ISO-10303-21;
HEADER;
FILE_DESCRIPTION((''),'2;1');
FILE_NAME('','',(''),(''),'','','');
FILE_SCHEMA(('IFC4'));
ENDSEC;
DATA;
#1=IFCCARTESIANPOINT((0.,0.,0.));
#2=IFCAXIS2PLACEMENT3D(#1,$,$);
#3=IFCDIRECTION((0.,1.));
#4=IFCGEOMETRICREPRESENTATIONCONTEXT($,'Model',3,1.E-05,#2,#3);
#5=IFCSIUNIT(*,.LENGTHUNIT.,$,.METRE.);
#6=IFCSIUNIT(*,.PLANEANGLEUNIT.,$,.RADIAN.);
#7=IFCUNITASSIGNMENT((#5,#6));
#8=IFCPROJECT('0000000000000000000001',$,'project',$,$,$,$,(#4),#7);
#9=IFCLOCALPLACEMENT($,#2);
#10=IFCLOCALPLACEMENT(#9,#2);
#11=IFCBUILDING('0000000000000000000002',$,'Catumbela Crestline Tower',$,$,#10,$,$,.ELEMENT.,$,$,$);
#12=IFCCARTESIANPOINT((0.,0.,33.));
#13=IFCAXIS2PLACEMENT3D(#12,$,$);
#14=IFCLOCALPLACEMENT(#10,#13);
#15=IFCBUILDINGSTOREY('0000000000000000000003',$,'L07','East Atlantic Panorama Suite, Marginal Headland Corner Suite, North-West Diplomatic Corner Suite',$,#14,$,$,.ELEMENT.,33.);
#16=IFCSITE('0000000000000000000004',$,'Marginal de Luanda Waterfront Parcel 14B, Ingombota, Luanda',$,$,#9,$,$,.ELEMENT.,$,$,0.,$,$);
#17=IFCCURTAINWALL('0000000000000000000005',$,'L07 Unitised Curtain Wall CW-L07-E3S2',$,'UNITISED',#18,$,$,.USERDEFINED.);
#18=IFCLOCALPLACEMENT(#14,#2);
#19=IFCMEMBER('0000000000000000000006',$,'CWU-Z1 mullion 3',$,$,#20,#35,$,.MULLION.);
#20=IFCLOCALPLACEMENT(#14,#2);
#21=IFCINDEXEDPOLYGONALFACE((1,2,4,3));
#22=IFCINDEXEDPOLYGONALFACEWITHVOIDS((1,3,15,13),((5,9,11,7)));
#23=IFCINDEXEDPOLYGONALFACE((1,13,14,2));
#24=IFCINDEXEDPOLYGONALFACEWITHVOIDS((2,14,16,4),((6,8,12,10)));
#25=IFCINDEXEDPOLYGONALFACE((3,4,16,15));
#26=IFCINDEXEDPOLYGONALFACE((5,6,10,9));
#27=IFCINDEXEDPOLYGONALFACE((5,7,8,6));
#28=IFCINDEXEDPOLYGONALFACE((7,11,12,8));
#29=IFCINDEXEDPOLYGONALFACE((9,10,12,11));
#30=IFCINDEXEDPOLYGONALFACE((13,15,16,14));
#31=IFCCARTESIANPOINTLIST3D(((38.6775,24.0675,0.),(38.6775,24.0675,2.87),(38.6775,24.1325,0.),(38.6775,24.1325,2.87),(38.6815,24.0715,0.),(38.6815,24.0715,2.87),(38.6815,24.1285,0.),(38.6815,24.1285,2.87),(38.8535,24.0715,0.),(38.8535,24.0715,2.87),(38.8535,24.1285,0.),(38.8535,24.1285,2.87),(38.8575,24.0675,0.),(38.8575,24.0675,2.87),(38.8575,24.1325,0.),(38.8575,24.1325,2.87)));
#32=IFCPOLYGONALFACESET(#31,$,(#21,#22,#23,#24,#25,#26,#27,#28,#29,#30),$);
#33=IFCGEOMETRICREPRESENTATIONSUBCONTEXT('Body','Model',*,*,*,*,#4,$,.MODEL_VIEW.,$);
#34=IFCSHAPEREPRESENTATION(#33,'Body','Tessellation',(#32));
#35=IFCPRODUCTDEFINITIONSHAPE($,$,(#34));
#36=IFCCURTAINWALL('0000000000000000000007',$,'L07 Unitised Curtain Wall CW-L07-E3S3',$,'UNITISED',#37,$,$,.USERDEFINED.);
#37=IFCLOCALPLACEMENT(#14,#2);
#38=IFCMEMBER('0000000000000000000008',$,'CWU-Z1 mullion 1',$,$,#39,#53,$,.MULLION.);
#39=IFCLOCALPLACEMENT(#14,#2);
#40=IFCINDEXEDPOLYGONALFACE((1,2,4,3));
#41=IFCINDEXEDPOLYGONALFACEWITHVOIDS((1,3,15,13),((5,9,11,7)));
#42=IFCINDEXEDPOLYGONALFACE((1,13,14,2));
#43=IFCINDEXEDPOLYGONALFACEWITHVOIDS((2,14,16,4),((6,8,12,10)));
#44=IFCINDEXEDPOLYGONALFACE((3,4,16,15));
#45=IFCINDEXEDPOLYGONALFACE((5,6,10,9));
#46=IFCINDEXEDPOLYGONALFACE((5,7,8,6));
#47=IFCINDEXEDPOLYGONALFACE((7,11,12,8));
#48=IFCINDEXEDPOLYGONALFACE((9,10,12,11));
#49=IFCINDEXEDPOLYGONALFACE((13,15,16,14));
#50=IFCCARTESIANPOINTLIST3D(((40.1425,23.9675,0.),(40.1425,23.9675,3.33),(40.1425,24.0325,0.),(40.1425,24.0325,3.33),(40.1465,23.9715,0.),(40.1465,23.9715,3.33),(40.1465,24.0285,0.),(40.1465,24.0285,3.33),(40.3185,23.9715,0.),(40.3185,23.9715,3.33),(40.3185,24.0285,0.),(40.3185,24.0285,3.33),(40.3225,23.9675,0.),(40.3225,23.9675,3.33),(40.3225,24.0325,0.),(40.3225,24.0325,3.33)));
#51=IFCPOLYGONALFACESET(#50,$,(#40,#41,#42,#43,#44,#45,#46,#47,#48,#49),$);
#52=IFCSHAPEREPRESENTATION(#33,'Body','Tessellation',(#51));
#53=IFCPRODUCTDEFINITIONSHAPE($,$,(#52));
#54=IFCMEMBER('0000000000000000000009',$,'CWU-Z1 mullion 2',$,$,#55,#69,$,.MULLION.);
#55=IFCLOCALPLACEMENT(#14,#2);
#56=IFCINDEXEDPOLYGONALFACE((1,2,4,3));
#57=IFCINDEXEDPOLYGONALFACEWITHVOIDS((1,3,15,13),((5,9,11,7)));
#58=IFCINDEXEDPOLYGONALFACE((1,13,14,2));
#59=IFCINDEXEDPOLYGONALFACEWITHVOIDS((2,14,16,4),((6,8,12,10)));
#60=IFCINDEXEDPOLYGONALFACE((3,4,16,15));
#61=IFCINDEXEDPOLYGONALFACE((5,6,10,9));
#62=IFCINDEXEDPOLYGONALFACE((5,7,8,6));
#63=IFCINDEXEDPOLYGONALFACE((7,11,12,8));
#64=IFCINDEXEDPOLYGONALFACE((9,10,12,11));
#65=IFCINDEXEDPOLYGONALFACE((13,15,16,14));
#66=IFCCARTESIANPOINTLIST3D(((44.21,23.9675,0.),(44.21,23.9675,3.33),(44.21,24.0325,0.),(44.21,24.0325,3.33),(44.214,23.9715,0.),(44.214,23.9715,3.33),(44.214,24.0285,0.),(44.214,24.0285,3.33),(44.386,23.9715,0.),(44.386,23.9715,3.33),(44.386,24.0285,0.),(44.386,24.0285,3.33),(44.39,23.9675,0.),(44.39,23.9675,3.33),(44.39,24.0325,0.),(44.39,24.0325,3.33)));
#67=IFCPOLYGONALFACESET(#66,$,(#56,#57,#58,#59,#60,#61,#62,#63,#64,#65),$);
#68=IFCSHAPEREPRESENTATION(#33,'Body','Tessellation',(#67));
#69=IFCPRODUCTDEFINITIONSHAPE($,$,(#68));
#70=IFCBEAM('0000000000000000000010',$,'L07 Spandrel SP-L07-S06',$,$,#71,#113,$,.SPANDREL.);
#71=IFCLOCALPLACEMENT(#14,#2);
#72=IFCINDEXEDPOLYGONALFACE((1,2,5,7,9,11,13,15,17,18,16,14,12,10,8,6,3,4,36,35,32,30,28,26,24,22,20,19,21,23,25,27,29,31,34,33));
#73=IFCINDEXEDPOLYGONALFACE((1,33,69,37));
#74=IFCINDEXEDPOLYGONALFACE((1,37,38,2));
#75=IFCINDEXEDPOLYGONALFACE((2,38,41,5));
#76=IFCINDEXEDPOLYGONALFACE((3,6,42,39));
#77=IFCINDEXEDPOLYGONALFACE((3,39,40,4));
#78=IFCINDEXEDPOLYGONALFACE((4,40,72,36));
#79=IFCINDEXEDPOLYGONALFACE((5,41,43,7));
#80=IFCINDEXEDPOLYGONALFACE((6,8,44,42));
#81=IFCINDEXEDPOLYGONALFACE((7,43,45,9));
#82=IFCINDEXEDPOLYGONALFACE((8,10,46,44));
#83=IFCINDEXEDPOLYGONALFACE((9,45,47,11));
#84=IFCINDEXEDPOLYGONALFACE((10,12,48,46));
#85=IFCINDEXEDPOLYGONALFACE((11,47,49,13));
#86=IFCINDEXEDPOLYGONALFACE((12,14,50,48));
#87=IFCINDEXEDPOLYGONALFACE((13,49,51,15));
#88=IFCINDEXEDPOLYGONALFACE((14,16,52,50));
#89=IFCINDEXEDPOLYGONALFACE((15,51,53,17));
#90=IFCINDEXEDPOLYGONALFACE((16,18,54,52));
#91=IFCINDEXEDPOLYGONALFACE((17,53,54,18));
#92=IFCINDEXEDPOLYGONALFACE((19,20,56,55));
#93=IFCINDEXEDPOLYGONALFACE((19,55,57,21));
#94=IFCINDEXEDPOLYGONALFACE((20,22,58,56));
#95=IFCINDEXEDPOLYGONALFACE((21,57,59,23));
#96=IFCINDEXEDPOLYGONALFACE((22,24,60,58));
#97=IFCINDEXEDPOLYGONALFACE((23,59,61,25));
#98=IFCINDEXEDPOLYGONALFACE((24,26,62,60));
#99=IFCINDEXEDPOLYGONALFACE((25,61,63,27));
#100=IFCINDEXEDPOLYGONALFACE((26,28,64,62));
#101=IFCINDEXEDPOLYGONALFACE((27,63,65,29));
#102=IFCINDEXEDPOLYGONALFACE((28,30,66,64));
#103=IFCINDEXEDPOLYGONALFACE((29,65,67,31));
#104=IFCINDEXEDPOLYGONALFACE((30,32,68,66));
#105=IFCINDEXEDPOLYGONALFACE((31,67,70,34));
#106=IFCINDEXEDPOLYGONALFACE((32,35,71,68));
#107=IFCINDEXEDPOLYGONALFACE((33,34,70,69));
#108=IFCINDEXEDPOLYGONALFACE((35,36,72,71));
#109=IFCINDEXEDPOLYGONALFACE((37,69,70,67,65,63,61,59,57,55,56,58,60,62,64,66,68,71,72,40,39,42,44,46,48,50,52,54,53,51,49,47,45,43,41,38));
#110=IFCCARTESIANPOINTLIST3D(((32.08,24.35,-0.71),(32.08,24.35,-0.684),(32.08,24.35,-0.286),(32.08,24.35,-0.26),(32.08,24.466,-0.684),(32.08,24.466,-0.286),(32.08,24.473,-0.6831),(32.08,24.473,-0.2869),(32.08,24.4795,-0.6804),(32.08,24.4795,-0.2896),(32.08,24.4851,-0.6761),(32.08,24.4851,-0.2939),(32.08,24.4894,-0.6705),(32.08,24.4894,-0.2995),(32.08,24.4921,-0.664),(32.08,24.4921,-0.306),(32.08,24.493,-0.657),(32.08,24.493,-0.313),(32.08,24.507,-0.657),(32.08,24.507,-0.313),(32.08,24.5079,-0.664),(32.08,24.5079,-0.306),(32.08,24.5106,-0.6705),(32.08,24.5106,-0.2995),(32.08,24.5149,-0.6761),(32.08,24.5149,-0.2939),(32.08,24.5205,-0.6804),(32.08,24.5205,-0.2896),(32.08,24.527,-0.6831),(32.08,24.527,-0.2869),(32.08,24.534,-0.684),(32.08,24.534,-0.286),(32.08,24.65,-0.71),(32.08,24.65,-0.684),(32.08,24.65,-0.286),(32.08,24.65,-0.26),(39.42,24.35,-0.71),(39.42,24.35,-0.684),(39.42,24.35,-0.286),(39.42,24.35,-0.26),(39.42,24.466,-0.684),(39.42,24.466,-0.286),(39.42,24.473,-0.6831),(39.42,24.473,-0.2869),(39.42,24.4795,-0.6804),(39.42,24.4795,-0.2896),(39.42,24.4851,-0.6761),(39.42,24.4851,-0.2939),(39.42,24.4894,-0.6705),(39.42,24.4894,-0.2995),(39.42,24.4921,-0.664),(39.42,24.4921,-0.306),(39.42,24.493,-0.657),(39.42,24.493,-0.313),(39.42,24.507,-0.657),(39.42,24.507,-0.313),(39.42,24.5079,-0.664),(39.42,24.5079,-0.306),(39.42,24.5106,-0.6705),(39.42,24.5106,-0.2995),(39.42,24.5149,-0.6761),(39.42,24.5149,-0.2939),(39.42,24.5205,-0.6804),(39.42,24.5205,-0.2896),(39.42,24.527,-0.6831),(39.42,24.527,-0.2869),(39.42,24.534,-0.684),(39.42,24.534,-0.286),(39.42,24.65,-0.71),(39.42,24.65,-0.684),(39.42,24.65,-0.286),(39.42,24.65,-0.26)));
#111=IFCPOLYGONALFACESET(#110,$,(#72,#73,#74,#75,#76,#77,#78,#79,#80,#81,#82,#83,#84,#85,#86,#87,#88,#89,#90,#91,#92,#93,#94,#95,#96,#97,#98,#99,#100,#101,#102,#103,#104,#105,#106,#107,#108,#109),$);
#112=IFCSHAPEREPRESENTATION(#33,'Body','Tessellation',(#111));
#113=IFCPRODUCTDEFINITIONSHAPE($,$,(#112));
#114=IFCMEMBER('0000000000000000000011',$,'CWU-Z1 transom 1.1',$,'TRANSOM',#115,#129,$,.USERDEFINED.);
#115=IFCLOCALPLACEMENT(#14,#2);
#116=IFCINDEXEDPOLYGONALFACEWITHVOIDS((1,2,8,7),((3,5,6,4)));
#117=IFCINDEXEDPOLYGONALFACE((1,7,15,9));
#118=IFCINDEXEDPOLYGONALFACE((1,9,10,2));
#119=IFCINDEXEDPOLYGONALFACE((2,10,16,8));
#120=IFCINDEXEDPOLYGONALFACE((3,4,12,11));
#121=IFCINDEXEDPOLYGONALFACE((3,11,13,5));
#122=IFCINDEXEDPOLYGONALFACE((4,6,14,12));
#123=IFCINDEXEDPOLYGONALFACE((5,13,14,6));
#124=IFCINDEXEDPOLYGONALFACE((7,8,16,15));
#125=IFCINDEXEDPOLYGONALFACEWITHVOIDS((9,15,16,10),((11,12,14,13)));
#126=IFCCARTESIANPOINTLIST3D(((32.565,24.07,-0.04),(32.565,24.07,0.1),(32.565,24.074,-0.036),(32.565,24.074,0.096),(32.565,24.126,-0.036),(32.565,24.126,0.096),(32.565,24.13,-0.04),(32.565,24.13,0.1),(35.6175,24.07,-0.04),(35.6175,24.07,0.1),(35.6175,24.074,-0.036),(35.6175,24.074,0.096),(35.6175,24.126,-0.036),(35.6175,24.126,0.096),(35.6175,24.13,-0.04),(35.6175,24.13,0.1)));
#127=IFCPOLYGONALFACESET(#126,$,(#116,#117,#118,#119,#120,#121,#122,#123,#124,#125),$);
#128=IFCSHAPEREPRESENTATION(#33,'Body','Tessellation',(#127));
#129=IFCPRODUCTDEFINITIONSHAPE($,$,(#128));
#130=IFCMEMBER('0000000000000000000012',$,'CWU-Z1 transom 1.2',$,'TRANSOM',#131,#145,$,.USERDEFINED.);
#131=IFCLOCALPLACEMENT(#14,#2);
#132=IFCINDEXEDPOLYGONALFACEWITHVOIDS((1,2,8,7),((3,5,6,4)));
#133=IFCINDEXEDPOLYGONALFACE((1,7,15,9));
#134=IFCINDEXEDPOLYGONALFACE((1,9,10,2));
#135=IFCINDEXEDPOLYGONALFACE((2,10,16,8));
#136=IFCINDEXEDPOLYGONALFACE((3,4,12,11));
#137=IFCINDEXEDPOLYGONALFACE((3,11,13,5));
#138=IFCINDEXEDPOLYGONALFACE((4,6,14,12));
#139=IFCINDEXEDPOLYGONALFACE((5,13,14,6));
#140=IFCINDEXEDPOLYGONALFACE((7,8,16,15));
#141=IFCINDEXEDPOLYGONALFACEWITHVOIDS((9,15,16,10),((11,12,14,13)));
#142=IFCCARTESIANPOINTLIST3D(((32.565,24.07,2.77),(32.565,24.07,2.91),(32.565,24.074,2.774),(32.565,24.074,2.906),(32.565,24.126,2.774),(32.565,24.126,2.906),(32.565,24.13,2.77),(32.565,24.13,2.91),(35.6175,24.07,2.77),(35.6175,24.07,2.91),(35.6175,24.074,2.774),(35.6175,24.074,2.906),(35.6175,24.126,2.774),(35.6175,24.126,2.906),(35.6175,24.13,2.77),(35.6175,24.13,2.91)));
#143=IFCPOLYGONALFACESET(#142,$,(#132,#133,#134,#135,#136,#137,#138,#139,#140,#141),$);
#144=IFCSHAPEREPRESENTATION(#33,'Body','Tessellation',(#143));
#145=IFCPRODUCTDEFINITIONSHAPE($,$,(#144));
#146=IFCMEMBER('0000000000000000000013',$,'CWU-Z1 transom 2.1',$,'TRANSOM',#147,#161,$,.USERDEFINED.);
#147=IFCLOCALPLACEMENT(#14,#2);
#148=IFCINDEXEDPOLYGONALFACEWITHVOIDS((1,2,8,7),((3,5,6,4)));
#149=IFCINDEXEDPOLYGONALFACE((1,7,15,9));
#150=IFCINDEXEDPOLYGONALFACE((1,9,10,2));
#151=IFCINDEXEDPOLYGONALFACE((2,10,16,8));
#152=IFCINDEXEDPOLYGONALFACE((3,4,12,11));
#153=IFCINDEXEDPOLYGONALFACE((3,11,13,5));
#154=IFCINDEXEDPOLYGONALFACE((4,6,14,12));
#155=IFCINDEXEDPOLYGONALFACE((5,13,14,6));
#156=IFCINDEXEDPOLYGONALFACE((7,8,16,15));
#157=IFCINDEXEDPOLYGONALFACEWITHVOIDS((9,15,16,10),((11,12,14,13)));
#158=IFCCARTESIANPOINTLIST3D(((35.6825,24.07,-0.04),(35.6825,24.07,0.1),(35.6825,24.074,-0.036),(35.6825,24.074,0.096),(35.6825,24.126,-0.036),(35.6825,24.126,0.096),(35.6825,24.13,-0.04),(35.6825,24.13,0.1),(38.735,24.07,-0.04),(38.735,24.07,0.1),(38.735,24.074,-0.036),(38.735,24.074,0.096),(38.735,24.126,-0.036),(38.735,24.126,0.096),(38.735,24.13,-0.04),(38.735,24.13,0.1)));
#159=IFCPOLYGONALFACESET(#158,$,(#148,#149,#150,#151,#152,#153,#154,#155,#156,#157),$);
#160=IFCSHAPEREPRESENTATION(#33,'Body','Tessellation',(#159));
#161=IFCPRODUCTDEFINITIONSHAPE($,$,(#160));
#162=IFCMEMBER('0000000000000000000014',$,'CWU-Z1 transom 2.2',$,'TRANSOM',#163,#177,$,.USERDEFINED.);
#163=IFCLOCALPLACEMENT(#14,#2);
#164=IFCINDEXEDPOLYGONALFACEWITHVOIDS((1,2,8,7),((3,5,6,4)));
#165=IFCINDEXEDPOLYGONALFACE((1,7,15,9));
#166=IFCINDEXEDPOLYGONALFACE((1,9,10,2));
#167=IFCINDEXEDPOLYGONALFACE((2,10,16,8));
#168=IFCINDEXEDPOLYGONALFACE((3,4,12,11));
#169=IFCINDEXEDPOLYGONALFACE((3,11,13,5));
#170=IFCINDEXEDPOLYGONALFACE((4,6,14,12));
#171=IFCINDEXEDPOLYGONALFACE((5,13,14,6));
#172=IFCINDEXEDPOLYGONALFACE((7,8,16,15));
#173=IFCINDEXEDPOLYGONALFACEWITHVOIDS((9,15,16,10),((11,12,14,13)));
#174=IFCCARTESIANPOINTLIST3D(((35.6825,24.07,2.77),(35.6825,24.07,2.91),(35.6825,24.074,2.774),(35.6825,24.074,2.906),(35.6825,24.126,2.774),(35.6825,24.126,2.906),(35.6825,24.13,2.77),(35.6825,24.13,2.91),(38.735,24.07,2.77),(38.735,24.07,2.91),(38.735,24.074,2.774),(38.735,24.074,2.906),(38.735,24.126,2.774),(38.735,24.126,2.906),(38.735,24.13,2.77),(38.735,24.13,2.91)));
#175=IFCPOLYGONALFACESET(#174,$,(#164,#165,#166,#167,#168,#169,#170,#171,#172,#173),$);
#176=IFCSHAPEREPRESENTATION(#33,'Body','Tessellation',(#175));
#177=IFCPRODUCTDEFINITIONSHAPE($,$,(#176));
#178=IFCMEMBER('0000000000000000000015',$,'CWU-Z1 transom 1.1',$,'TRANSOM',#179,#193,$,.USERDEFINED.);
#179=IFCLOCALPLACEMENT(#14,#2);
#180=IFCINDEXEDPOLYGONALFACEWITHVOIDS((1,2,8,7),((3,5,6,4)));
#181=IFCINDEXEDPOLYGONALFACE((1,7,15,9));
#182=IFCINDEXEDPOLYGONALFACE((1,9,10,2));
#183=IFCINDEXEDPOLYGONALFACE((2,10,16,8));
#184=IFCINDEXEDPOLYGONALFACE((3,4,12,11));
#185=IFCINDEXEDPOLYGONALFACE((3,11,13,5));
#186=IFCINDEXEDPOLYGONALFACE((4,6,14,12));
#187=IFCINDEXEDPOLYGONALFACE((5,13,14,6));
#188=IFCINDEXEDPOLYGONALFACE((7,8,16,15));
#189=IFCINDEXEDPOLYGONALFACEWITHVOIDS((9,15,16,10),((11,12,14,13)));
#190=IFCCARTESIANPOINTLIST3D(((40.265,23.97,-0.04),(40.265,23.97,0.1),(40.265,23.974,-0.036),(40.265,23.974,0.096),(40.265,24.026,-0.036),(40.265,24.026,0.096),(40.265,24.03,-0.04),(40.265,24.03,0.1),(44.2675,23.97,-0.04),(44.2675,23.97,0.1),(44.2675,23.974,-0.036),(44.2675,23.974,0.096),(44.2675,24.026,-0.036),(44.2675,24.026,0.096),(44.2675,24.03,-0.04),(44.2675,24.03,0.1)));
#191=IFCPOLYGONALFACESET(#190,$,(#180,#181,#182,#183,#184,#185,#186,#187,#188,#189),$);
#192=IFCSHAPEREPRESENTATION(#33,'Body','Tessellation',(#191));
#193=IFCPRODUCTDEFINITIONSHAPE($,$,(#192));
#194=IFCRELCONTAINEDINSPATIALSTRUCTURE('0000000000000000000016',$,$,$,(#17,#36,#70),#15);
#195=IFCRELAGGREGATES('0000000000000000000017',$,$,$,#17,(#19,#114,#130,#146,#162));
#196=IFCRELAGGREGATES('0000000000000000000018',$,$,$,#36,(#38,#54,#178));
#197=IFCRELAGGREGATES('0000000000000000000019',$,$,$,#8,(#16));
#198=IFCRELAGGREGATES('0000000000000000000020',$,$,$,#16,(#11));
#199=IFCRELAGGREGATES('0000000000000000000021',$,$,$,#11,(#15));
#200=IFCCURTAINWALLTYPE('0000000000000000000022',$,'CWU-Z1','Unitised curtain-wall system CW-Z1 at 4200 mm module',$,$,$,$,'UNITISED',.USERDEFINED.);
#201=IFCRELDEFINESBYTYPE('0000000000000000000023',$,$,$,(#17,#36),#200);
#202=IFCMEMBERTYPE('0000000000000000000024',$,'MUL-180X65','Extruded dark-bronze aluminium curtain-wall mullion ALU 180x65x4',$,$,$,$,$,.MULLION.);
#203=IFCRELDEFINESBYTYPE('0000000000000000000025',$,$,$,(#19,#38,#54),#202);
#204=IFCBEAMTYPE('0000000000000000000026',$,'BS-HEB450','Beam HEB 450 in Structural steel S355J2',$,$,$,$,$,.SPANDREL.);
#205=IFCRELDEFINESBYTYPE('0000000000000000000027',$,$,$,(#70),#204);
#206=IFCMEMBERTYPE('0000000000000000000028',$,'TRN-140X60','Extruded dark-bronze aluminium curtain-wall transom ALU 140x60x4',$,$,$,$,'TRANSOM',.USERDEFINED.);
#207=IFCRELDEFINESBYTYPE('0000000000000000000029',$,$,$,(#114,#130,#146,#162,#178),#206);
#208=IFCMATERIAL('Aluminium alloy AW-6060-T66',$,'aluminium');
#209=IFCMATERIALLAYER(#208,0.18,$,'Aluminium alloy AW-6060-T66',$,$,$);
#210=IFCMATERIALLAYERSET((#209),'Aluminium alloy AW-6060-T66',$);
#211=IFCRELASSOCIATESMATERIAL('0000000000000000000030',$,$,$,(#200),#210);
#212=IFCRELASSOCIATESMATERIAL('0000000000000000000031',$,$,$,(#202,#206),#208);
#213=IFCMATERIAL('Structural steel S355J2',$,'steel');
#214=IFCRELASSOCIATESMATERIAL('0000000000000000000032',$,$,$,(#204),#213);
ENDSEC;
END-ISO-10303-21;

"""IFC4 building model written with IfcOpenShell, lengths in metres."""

from ifc_helpers import new_model, si_unit, direction, frame, origin, origin_2d, place, context, subcontext, project, spatial, hollow_rectangle, i_section, extrude, material, layer, layer_set, material_profile, profile_set, type_object, element, aggregate, save


model = new_model("IFC4")

# Units and contexts
model_context = context("Model", 3, precision=1e-05, world=origin(), true_north=direction((0.0, 1.0)))
body_context = subcontext(model_context, "Body", "Model", "MODEL_VIEW")
ifc_project = project(units=[si_unit("LENGTHUNIT", "METRE"), si_unit("PLANEANGLEUNIT", "RADIAN")], contexts=[model_context])

# Site, building, storey
site_placement = place(None, origin())
site = spatial("IfcSite", under=ifc_project, at=site_placement, Name="Marginal de Luanda Waterfront Parcel 14B, Ingombota, Luanda", CompositionType="ELEMENT", RefElevation=0.0)
building_placement = place(site_placement, origin())
building = spatial("IfcBuilding", under=site, at=building_placement, Name="Catumbela Crestline Tower", CompositionType="ELEMENT")
storey_placement = place(building_placement, frame((0.0, 0.0, 33.0)))
storey = spatial("IfcBuildingStorey", under=building, at=storey_placement, Name="L07", Description="East Atlantic Panorama Suite, Marginal Headland Corner Suite, North-West Diplomatic Corner Suite", CompositionType="ELEMENT", Elevation=33.0)

# Shared definitions
ifc_material_1 = material(Name="Structural steel S355J2", Category="steel")

# Curtain walls, members
ifc_material_2 = material(Name="Aluminium alloy AW-6060-T66", Category="aluminium")
ifc_layer_1 = layer(ifc_material_2, 0.18, Name="Aluminium alloy AW-6060-T66")
ifc_layer_set_1 = layer_set([ifc_layer_1], Name="Aluminium alloy AW-6060-T66")
curtain_wall_type = type_object("IfcCurtainWallType", Name="CWU-Z1", Description="Unitised curtain-wall system CW-Z1 at 4200 mm module", ElementType="UNITISED", PredefinedType="USERDEFINED", material=ifc_layer_set_1)
curtain_wall_1_placement = place(storey_placement, origin())
curtain_wall_1 = element("IfcCurtainWall", 1, at=curtain_wall_1_placement, inside=storey, type_object=curtain_wall_type, Name="L07 Unitised Curtain Wall CW-L07-E3S2", ObjectType="UNITISED", PredefinedType="USERDEFINED")
ifc_material_profile_1 = material_profile(ifc_material_2, hollow_rectangle(XDim=0.065, YDim=0.18, WallThickness=0.004, at=origin_2d()), Name="ALU 180x65x4")
ifc_profile_set_1 = profile_set([ifc_material_profile_1], Name="Aluminium alloy AW-6060-T66")
member_type_1 = type_object("IfcMemberType", Name="MUL-180X65", Description="Extruded dark-bronze aluminium curtain-wall mullion ALU 180x65x4", PredefinedType="MULLION", material=ifc_profile_set_1)
member_1_placement = place(storey_placement, frame((38.7675, 24.1, 0.0), z_axis=(0.0, 0.0, 1.0), x_axis=(0.0, 1.0, 0.0)))
member_1 = element("IfcMember", 2, at=member_1_placement, type_object=member_type_1, Name="CWU-Z1 mullion 3", PredefinedType="MULLION", context=body_context, shape_type="SweptSolid", body=[
    extrude(hollow_rectangle(XDim=0.065, YDim=0.18, WallThickness=0.004, at=origin_2d()), origin(), (0.0, 0.0, 1.0), 2.87),
])
curtain_wall_2_placement = place(storey_placement, origin())
curtain_wall_2 = element("IfcCurtainWall", 3, at=curtain_wall_2_placement, inside=storey, type_object=curtain_wall_type, Name="L07 Unitised Curtain Wall CW-L07-E3S3", ObjectType="UNITISED", PredefinedType="USERDEFINED")
member_2_placement = place(storey_placement, frame((40.2325, 24.0, 0.0), z_axis=(0.0, 0.0, 1.0), x_axis=(0.0, 1.0, 0.0)))
member_2 = element("IfcMember", 4, at=member_2_placement, type_object=member_type_1, Name="CWU-Z1 mullion 1", PredefinedType="MULLION", context=body_context, shape_type="SweptSolid", body=[
    extrude(hollow_rectangle(XDim=0.065, YDim=0.18, WallThickness=0.004, at=origin_2d()), origin(), (0.0, 0.0, 1.0), 3.33),
])
member_3_placement = place(storey_placement, frame((44.3, 24.0, 0.0), z_axis=(0.0, 0.0, 1.0), x_axis=(0.0, 1.0, 0.0)))
member_3 = element("IfcMember", 5, at=member_3_placement, type_object=member_type_1, Name="CWU-Z1 mullion 2", PredefinedType="MULLION", context=body_context, shape_type="SweptSolid", body=[
    extrude(hollow_rectangle(XDim=0.065, YDim=0.18, WallThickness=0.004, at=origin_2d()), origin(), (0.0, 0.0, 1.0), 3.33),
])

# Beam
ifc_material_profile_2 = material_profile(ifc_material_1, i_section(OverallWidth=0.3, OverallDepth=0.45, WebThickness=0.014, FlangeThickness=0.026, FilletRadius=0.027, at=origin_2d()), Name="HEB 450")
ifc_profile_set_2 = profile_set([ifc_material_profile_2], Name="Structural steel S355J2")
beam_type_1 = type_object("IfcBeamType", Name="BS-HEB450", Description="Beam HEB 450 in Structural steel S355J2", PredefinedType="SPANDREL", material=ifc_profile_set_2)
beam_1_placement = place(storey_placement, frame((32.08, 24.5, -0.485), z_axis=(1.0, 0.0, 0.0), x_axis=(0.0, 1.0, 0.0)))
element("IfcBeam", 6, at=beam_1_placement, inside=storey, type_object=beam_type_1, Name="L07 Spandrel SP-L07-S06", PredefinedType="SPANDREL", context=body_context, shape_type="SweptSolid", body=[
    extrude(i_section(OverallWidth=0.3, OverallDepth=0.45, WebThickness=0.014, FlangeThickness=0.026, FilletRadius=0.027, at=origin_2d()), origin(), (0.0, 0.0, 1.0), 7.34),
])

# Members
ifc_material_profile_3 = material_profile(ifc_material_2, hollow_rectangle(XDim=0.06, YDim=0.14, WallThickness=0.004, at=origin_2d()), Name="ALU 140x60x4")
ifc_profile_set_3 = profile_set([ifc_material_profile_3], Name="Aluminium alloy AW-6060-T66")
member_type_2 = type_object("IfcMemberType", Name="TRN-140X60", Description="Extruded dark-bronze aluminium curtain-wall transom ALU 140x60x4", ElementType="TRANSOM", PredefinedType="USERDEFINED", material=ifc_profile_set_3)
member_4_placement = place(storey_placement, frame((32.565, 24.1, 0.03), z_axis=(1.0, 0.0, 0.0), x_axis=(0.0, 1.0, 0.0)))
member_4 = element("IfcMember", 7, at=member_4_placement, type_object=member_type_2, Name="CWU-Z1 transom 1.1", ObjectType="TRANSOM", PredefinedType="USERDEFINED", context=body_context, shape_type="SweptSolid", body=[
    extrude(hollow_rectangle(XDim=0.06, YDim=0.14, WallThickness=0.004, at=origin_2d()), origin(), (0.0, 0.0, 1.0), 3.0525),
])
member_5_placement = place(storey_placement, frame((32.565, 24.1, 2.84), z_axis=(1.0, 0.0, 0.0), x_axis=(0.0, 1.0, 0.0)))
member_5 = element("IfcMember", 8, at=member_5_placement, type_object=member_type_2, Name="CWU-Z1 transom 1.2", ObjectType="TRANSOM", PredefinedType="USERDEFINED", context=body_context, shape_type="SweptSolid", body=[
    extrude(hollow_rectangle(XDim=0.06, YDim=0.14, WallThickness=0.004, at=origin_2d()), origin(), (0.0, 0.0, 1.0), 3.0525),
])
member_6_placement = place(storey_placement, frame((35.6825, 24.1, 0.03), z_axis=(1.0, 0.0, 0.0), x_axis=(0.0, 1.0, 0.0)))
member_6 = element("IfcMember", 9, at=member_6_placement, type_object=member_type_2, Name="CWU-Z1 transom 2.1", ObjectType="TRANSOM", PredefinedType="USERDEFINED", context=body_context, shape_type="SweptSolid", body=[
    extrude(hollow_rectangle(XDim=0.06, YDim=0.14, WallThickness=0.004, at=origin_2d()), origin(), (0.0, 0.0, 1.0), 3.0525),
])
member_7_placement = place(storey_placement, frame((35.6825, 24.1, 2.84), z_axis=(1.0, 0.0, 0.0), x_axis=(0.0, 1.0, 0.0)))
member_7 = element("IfcMember", 10, at=member_7_placement, type_object=member_type_2, Name="CWU-Z1 transom 2.2", ObjectType="TRANSOM", PredefinedType="USERDEFINED", context=body_context, shape_type="SweptSolid", body=[
    extrude(hollow_rectangle(XDim=0.06, YDim=0.14, WallThickness=0.004, at=origin_2d()), origin(), (0.0, 0.0, 1.0), 3.0525),
])
member_8_placement = place(storey_placement, frame((40.265, 24.0, 0.03), z_axis=(1.0, 0.0, 0.0), x_axis=(0.0, 1.0, 0.0)))
member_8 = element("IfcMember", 11, at=member_8_placement, type_object=member_type_2, Name="CWU-Z1 transom 1.1", ObjectType="TRANSOM", PredefinedType="USERDEFINED", context=body_context, shape_type="SweptSolid", body=[
    extrude(hollow_rectangle(XDim=0.06, YDim=0.14, WallThickness=0.004, at=origin_2d()), origin(), (0.0, 0.0, 1.0), 4.0025),
])

aggregate(curtain_wall_1, [member_1, member_4, member_5, member_6, member_7])
aggregate(curtain_wall_2, [member_2, member_3, member_8])

save(model, "model.ifc")
